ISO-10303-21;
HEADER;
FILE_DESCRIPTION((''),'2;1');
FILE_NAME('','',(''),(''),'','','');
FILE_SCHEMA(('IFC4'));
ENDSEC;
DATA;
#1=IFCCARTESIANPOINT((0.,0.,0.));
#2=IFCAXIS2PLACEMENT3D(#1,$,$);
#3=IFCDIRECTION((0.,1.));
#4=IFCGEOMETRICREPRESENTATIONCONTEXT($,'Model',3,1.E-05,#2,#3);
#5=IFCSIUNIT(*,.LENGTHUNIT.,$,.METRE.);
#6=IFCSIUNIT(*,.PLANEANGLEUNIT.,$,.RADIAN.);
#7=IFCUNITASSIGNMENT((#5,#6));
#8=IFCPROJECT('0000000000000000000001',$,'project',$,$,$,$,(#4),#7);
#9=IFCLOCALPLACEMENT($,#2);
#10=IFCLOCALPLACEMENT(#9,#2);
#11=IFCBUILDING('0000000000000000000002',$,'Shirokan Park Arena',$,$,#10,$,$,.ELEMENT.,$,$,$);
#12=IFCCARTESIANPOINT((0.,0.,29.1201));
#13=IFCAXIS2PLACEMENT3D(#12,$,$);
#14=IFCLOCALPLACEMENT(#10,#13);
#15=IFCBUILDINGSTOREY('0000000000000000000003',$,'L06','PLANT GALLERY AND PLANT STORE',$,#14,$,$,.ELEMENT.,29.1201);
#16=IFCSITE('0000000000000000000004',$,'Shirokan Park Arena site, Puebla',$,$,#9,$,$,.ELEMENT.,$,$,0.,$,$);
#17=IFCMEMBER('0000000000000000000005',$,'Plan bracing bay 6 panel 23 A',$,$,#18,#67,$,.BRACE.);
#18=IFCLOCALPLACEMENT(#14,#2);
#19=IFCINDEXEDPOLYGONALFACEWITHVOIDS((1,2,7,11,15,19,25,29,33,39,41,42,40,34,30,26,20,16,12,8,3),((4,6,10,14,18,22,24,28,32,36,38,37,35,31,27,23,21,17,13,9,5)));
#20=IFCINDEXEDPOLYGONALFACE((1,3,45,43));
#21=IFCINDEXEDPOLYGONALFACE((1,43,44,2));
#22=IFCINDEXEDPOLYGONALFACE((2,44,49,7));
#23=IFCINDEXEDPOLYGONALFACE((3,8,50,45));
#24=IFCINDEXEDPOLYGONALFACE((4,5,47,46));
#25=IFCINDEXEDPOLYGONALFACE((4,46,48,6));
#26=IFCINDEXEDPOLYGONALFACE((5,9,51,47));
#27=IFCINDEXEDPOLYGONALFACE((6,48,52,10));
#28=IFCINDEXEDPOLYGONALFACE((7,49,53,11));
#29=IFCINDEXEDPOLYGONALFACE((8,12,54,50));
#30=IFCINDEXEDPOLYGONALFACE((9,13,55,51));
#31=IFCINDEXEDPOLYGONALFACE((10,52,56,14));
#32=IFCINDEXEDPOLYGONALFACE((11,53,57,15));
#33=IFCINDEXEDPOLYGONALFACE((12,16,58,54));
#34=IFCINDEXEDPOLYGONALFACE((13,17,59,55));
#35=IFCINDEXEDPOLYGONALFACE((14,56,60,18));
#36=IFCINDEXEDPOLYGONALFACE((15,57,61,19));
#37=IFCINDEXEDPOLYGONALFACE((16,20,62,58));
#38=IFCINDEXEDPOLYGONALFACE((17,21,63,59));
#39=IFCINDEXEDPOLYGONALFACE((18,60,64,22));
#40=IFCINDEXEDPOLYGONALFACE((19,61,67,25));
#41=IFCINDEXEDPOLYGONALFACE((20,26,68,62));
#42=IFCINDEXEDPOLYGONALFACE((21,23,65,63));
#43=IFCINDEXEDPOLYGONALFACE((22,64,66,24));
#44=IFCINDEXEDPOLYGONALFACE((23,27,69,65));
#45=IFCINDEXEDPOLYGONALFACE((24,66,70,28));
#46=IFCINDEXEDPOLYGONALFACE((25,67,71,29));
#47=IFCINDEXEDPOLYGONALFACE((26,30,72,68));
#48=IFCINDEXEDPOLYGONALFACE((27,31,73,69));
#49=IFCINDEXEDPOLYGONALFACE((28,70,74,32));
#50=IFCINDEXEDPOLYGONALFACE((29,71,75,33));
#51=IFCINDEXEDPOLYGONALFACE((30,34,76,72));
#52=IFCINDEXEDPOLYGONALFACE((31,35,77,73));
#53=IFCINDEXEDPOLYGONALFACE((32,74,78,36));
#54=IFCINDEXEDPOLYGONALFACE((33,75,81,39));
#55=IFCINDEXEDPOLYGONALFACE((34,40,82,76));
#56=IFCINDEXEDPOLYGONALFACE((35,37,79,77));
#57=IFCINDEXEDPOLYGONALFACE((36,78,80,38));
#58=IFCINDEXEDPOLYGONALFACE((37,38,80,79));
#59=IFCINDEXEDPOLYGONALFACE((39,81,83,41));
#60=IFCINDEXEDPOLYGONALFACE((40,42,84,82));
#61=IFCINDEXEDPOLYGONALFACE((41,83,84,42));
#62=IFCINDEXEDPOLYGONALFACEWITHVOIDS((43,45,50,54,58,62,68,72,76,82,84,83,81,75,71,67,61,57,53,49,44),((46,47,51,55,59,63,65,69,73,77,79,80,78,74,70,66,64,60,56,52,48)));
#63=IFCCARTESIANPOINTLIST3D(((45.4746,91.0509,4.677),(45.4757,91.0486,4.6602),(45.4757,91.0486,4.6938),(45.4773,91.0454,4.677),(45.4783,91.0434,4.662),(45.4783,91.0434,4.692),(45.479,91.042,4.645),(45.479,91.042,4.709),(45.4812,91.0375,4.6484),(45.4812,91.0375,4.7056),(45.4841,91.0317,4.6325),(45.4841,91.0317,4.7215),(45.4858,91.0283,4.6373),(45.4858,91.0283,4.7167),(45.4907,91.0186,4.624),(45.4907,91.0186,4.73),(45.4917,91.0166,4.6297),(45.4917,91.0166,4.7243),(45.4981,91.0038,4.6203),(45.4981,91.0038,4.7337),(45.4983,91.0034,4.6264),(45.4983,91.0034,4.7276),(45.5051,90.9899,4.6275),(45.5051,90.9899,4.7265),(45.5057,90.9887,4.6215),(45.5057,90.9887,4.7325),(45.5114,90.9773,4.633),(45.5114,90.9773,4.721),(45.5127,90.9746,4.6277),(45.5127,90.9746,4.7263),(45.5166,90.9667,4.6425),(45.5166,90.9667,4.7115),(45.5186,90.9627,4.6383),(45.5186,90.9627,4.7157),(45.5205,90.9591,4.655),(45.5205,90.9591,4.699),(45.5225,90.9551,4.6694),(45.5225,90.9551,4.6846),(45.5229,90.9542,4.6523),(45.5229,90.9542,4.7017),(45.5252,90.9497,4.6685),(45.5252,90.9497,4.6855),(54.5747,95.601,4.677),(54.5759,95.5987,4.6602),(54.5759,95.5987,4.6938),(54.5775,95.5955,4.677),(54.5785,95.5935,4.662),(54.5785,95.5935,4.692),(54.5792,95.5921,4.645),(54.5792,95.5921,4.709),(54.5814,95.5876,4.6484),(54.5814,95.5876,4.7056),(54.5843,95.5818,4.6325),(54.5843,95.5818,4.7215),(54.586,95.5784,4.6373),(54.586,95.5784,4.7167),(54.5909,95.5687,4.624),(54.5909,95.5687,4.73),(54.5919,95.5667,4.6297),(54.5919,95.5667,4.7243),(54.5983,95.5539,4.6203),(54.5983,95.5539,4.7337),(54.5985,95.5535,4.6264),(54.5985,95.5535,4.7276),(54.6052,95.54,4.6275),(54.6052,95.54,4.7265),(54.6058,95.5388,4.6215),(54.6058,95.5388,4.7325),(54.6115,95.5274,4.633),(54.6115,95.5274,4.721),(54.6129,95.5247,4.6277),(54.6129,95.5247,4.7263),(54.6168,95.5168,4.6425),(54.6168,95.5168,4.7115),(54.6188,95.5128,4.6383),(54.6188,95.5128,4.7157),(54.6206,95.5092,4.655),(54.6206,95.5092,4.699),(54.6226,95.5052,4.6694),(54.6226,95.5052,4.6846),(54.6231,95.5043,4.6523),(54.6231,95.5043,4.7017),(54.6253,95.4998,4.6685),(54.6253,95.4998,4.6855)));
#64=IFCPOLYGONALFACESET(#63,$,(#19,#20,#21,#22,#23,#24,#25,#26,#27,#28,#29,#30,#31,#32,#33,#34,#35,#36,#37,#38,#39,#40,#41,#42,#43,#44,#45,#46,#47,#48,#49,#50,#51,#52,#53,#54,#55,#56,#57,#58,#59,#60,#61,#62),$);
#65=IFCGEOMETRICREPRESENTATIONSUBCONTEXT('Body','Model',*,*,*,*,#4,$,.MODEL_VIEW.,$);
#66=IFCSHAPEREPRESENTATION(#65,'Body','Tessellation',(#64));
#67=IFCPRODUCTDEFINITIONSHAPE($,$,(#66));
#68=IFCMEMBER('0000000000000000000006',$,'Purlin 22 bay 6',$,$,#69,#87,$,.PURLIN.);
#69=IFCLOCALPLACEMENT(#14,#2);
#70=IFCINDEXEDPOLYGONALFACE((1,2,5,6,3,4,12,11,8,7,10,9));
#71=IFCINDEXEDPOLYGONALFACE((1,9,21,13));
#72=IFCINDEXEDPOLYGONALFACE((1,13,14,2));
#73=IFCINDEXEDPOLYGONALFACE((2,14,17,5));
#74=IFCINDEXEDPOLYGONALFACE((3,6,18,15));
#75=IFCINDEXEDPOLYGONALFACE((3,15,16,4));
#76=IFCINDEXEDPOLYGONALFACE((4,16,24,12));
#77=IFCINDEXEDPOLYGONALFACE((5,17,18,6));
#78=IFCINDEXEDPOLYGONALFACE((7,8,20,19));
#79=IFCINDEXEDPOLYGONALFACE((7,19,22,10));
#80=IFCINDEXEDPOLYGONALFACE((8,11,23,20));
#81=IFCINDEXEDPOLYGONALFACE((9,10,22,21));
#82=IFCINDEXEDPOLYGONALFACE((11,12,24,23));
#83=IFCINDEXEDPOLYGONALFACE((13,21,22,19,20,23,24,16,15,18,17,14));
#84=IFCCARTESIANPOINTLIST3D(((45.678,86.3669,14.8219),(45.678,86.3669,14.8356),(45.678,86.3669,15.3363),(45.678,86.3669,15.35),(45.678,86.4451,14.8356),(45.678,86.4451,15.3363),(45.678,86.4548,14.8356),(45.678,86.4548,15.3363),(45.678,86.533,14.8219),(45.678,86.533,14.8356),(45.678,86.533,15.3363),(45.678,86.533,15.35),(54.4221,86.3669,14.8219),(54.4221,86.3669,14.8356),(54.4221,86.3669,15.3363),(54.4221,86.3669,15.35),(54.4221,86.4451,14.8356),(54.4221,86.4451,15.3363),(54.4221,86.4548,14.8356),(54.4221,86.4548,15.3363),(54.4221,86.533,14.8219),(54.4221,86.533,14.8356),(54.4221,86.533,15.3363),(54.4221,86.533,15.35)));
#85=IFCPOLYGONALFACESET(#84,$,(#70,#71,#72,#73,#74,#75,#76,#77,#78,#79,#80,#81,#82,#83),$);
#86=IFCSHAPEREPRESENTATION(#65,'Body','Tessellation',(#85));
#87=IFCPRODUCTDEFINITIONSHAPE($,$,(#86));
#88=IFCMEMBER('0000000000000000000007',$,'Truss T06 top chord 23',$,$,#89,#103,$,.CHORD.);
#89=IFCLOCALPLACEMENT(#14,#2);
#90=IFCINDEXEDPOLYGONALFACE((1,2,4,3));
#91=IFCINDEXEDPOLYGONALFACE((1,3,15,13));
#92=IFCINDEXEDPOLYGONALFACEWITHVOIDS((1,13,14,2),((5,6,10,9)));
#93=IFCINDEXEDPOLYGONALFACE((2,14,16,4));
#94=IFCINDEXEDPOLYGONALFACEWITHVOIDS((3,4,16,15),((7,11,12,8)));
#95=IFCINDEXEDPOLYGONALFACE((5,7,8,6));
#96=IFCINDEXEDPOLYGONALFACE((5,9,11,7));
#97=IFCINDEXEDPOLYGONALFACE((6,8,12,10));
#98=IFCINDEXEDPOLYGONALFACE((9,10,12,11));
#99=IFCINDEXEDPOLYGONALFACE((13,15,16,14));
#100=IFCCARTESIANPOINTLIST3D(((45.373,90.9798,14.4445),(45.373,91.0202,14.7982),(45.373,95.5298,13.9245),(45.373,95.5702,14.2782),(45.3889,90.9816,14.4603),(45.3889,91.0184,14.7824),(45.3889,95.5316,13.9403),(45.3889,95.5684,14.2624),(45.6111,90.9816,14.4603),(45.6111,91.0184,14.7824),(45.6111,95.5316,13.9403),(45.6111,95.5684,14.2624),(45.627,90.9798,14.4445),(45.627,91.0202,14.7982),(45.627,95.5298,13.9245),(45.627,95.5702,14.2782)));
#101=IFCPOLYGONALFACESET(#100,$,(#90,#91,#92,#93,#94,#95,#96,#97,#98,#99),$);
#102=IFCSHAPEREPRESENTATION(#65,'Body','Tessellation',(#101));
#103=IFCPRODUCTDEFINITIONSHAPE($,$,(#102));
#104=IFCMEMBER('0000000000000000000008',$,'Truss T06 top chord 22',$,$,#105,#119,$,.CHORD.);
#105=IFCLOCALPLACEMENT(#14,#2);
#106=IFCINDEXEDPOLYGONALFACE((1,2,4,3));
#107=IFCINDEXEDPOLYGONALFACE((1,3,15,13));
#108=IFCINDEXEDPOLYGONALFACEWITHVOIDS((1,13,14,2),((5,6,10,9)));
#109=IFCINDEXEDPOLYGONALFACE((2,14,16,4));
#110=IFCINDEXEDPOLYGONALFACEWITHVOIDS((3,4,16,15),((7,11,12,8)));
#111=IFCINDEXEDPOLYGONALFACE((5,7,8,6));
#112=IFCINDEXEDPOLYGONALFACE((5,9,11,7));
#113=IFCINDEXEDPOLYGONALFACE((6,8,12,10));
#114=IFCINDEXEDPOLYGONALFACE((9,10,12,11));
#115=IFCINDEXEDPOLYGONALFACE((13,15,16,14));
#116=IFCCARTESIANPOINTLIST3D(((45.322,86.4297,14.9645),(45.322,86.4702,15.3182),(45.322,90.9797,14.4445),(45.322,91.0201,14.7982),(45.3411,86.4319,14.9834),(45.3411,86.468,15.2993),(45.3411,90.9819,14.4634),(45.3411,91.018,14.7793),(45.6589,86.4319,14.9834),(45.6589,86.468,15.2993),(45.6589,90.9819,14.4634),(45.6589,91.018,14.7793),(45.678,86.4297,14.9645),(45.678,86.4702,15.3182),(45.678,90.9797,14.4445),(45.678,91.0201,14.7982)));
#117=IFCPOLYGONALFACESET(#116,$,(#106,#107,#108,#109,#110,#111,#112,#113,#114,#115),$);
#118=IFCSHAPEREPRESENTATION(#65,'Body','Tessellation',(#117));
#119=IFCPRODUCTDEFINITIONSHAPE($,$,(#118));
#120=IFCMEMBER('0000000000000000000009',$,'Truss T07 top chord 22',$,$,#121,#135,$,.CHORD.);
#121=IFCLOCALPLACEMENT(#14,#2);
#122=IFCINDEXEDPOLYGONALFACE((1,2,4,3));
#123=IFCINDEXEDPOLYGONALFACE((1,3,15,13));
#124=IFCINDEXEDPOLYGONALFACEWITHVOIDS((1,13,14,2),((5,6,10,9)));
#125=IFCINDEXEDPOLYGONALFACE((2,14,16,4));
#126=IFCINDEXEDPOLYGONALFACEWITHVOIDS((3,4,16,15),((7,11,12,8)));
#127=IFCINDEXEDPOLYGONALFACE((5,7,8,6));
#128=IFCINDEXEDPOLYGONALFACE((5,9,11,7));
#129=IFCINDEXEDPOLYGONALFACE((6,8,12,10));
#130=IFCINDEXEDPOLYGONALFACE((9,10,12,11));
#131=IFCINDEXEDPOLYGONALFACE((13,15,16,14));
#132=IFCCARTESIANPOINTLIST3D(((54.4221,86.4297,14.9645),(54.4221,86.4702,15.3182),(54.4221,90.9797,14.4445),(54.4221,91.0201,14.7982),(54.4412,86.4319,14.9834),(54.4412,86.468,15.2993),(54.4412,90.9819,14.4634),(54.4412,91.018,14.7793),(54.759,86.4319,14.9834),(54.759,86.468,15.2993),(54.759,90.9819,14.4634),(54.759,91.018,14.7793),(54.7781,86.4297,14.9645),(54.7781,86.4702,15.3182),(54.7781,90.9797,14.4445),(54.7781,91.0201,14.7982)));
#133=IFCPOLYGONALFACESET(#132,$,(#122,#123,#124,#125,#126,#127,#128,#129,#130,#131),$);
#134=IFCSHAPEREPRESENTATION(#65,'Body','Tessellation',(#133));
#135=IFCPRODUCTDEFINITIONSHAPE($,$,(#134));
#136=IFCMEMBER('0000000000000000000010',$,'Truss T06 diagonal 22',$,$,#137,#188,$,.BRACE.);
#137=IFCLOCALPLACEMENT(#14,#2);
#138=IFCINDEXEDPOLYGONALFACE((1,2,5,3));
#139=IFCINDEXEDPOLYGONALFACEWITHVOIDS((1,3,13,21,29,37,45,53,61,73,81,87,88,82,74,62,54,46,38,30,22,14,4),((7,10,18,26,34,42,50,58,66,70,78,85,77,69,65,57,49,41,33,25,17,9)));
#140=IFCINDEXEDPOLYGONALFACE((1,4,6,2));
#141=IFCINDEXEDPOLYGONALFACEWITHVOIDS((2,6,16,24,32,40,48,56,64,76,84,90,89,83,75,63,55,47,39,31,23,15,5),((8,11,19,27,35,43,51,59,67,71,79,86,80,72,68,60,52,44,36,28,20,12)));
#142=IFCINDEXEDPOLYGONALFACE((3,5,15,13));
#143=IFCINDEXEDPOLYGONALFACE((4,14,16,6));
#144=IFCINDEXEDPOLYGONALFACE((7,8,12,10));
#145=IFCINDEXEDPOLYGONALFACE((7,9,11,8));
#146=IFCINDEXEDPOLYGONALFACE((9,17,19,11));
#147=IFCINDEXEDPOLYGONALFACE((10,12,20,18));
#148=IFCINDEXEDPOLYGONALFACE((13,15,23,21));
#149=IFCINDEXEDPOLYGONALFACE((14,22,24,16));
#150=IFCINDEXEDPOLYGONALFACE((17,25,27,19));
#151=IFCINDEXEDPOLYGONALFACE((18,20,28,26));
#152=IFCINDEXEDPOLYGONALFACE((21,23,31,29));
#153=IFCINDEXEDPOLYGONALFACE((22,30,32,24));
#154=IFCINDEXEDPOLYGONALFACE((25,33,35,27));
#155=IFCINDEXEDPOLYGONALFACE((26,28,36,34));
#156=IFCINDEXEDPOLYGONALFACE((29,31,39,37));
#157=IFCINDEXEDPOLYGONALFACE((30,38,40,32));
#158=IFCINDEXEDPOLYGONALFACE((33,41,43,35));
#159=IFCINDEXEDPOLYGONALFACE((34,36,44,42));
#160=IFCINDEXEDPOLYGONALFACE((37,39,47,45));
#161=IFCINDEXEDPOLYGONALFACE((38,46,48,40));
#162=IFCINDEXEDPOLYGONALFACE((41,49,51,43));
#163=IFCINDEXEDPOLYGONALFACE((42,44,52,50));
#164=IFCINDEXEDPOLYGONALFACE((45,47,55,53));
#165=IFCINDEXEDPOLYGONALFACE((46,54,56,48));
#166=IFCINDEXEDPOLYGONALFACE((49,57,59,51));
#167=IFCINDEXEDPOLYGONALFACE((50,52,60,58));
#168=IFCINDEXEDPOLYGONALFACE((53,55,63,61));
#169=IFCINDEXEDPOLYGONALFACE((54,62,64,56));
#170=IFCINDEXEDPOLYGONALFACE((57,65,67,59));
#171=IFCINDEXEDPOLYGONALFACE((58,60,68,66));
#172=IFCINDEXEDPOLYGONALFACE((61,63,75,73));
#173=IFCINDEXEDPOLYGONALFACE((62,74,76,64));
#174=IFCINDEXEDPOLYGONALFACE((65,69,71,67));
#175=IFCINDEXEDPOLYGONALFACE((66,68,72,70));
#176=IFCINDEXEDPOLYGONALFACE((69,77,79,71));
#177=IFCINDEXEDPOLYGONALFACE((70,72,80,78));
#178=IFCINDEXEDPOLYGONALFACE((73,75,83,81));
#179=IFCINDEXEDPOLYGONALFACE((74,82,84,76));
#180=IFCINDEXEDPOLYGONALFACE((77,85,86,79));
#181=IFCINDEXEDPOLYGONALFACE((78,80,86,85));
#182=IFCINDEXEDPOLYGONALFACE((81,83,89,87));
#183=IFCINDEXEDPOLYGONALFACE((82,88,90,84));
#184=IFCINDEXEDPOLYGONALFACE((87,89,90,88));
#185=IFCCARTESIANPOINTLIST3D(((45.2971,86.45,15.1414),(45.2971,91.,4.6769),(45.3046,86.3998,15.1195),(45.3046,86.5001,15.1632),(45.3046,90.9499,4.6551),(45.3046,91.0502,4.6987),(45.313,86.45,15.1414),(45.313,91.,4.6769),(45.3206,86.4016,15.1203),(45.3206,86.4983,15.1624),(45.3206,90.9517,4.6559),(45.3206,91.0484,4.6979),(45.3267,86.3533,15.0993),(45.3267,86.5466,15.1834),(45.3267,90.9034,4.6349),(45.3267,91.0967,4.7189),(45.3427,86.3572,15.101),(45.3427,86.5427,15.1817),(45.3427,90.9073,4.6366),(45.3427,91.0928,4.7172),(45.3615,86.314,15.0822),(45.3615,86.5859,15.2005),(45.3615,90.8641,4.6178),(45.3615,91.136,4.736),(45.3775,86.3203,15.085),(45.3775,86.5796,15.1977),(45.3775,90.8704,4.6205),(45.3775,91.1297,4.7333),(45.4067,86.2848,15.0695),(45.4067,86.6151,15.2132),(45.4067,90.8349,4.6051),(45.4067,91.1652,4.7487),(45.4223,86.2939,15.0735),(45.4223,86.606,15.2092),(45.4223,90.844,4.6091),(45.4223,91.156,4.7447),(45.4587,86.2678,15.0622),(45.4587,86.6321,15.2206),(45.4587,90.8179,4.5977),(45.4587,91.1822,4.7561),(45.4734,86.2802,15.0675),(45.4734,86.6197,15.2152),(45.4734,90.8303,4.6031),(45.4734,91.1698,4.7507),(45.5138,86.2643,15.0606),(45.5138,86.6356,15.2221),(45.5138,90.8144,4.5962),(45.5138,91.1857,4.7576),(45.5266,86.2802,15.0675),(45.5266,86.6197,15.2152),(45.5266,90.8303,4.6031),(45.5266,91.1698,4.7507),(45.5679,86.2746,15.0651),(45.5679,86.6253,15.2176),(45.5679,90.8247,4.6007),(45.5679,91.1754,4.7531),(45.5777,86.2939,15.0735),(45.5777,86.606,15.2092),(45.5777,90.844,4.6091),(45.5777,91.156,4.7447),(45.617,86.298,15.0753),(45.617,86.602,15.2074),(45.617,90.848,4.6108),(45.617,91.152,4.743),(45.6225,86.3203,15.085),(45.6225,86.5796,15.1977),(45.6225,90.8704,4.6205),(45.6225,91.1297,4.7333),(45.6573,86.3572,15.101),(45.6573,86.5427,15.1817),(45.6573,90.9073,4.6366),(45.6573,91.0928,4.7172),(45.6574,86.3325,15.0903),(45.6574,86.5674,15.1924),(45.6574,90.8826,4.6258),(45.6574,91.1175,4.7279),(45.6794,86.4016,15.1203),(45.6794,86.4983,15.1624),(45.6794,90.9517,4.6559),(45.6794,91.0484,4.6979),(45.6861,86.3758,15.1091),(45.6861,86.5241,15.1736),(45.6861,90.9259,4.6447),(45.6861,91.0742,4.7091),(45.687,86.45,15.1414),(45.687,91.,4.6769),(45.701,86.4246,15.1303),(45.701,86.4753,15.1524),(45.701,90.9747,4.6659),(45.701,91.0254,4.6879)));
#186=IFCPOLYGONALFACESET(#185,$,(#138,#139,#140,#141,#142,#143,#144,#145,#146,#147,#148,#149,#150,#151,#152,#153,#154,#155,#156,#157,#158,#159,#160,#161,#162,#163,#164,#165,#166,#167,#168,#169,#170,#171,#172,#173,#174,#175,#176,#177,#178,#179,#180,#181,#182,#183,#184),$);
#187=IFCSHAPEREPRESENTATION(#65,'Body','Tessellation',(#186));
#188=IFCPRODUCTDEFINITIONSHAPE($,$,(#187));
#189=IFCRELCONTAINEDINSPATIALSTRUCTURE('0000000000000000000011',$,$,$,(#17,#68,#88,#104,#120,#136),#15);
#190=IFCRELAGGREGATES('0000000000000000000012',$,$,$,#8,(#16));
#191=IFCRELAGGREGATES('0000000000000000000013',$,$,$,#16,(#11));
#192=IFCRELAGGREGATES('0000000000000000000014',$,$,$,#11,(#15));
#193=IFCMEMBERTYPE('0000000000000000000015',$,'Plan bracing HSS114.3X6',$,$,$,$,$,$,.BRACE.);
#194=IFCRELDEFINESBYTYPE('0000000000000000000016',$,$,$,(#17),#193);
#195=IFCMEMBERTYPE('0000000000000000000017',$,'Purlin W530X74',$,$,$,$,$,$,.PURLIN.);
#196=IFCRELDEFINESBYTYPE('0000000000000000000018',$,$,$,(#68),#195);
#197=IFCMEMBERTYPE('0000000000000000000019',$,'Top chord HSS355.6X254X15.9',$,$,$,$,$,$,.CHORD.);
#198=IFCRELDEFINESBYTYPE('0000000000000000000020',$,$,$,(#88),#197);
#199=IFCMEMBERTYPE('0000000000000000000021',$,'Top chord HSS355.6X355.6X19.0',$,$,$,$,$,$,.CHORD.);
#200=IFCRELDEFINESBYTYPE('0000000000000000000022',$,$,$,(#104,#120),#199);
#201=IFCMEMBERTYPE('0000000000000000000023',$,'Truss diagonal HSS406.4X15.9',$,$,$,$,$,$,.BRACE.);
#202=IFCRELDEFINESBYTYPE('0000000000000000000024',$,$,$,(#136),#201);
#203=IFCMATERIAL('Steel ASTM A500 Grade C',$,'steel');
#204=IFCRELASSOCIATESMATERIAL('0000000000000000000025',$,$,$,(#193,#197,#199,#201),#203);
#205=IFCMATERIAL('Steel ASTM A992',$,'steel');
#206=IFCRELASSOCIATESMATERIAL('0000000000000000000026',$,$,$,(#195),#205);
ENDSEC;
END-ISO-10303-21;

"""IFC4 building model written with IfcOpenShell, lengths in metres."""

from ifc_helpers import new_model, si_unit, direction, frame, origin, origin_2d, place, context, subcontext, project, spatial, hollow_rectangle, hollow_circle, i_section, extrude, material, material_profile, profile_set, type_object, element, save


model = new_model("IFC4")

# Units and contexts
model_context = context("Model", 3, precision=1e-05, world=origin(), true_north=direction((0.0, 1.0)))
body_context = subcontext(model_context, "Body", "Model", "MODEL_VIEW")
ifc_project = project(units=[si_unit("LENGTHUNIT", "METRE"), si_unit("PLANEANGLEUNIT", "RADIAN")], contexts=[model_context])

# Site, building, storey
site_placement = place(None, origin())
site = spatial("IfcSite", under=ifc_project, at=site_placement, Name="Shirokan Park Arena site, Puebla", CompositionType="ELEMENT", RefElevation=0.0)
building_placement = place(site_placement, origin())
building = spatial("IfcBuilding", under=site, at=building_placement, Name="Shirokan Park Arena", CompositionType="ELEMENT")
storey_placement = place(building_placement, frame((0.0, 0.0, 29.1201)))
storey = spatial("IfcBuildingStorey", under=building, at=storey_placement, Name="L06", Description="PLANT GALLERY AND PLANT STORE", CompositionType="ELEMENT", Elevation=29.1201)

# Members
ifc_material_1 = material(Name="Steel ASTM A500 Grade C", Category="steel")
ifc_material_profile_1 = material_profile(ifc_material_1, hollow_circle(Radius=0.0569, WallThickness=0.0061, at=origin_2d()), Name="HSS114.3X6")
ifc_profile_set_1 = profile_set([ifc_material_profile_1], Name="Steel ASTM A500 Grade C")
member_type_1 = type_object("IfcMemberType", Name="Plan bracing HSS114.3X6", PredefinedType="BRACE", material=ifc_profile_set_1)
for number, where, z_axis, x_axis, name in (
    (1, (45.5, 91.0, 4.677), (0.894427, 0.447214, 0.0), (-0.447214, 0.894427, 0.0), "Plan bracing bay 6 panel 23 A"),
):
    element("IfcMember", number, at=place(storey_placement, frame(where, z_axis=z_axis, x_axis=x_axis)), inside=storey, type_object=member_type_1, Name=name, PredefinedType="BRACE", context=body_context, shape_type="SweptSolid", body=[
        extrude(hollow_circle(Radius=0.0569, WallThickness=0.0061, at=origin_2d()), origin(), (0.0, 0.0, 1.0), 10.1743),
    ])
ifc_material_2 = material(Name="Steel ASTM A992", Category="steel")
ifc_material_profile_2 = material_profile(ifc_material_2, i_section(OverallWidth=0.166, OverallDepth=0.5281, WebThickness=0.0098, FlangeThickness=0.0137, at=origin_2d()), Name="W530X74")
ifc_profile_set_2 = profile_set([ifc_material_profile_2], Name="Steel ASTM A992")
member_type_2 = type_object("IfcMemberType", Name="Purlin W530X74", PredefinedType="PURLIN", material=ifc_profile_set_2)
member_1_placement = place(storey_placement, frame((45.678, 86.45, 15.0859), z_axis=(1.0, 0.0, 0.0), x_axis=(0.0, 1.0, 0.0)))
element("IfcMember", 2, at=member_1_placement, inside=storey, type_object=member_type_2, Name="Purlin 22 bay 6", PredefinedType="PURLIN", context=body_context, shape_type="SweptSolid", body=[
    extrude(i_section(OverallWidth=0.166, OverallDepth=0.5281, WebThickness=0.0098, FlangeThickness=0.0137, at=origin_2d()), origin(), (0.0, 0.0, 1.0), 8.7441),
])
ifc_material_profile_3 = material_profile(ifc_material_1, hollow_rectangle(XDim=0.2539, YDim=0.356, WallThickness=0.0159, at=origin_2d()), Name="HSS355.6X254X15.9")
ifc_profile_set_3 = profile_set([ifc_material_profile_3], Name="Steel ASTM A500 Grade C")
member_type_3 = type_object("IfcMemberType", Name="Top chord HSS355.6X254X15.9", PredefinedType="CHORD", material=ifc_profile_set_3)
member_2_placement = place(storey_placement, frame((45.5, 91.0, 14.6213), z_axis=(0.0, 0.993532, -0.11355), x_axis=(-1.0, 0.0, 0.0)))
element("IfcMember", 3, at=member_2_placement, inside=storey, type_object=member_type_3, Name="Truss T06 top chord 23", PredefinedType="CHORD", context=body_context, shape_type="SweptSolid", body=[
    extrude(hollow_rectangle(XDim=0.2539, YDim=0.356, WallThickness=0.0159, at=origin_2d()), origin(), (0.0, 0.0, 1.0), 4.5796),
])
ifc_material_profile_4 = material_profile(ifc_material_1, hollow_rectangle(XDim=0.356, YDim=0.356, WallThickness=0.019, at=origin_2d()), Name="HSS355.6X355.6X19.0")
ifc_profile_set_4 = profile_set([ifc_material_profile_4], Name="Steel ASTM A500 Grade C")
member_type_4 = type_object("IfcMemberType", Name="Top chord HSS355.6X355.6X19.0", PredefinedType="CHORD", material=ifc_profile_set_4)
for number, where, z_axis, x_axis, name in (
    (4, (45.5, 86.45, 15.1414), (0.0, 0.993532, -0.11355), (-1.0, 0.0, 0.0), "Truss T06 top chord 22"),
    (5, (54.6001, 86.45, 15.1414), (0.0, 0.993532, -0.11355), (-1.0, 0.0, 0.0), "Truss T07 top chord 22"),
):
    element("IfcMember", number, at=place(storey_placement, frame(where, z_axis=z_axis, x_axis=x_axis)), inside=storey, type_object=member_type_4, Name=name, PredefinedType="CHORD", context=body_context, shape_type="SweptSolid", body=[
        extrude(hollow_rectangle(XDim=0.356, YDim=0.356, WallThickness=0.019, at=origin_2d()), origin(), (0.0, 0.0, 1.0), 4.5796),
    ])
ifc_material_profile_5 = material_profile(ifc_material_1, hollow_circle(Radius=0.2029, WallThickness=0.0159, at=origin_2d()), Name="HSS406.4X15.9")
ifc_profile_set_5 = profile_set([ifc_material_profile_5], Name="Steel ASTM A500 Grade C")
member_type_5 = type_object("IfcMemberType", Name="Truss diagonal HSS406.4X15.9", PredefinedType="BRACE", material=ifc_profile_set_5)
member_3_placement = place(storey_placement, frame((45.5, 86.45, 15.1414), z_axis=(0.0, 0.39875, -0.91706), x_axis=(-1.0, 0.0, 0.0)))
element("IfcMember", 6, at=member_3_placement, inside=storey, type_object=member_type_5, Name="Truss T06 diagonal 22", PredefinedType="BRACE", context=body_context, shape_type="SweptSolid", body=[
    extrude(hollow_circle(Radius=0.2029, WallThickness=0.0159, at=origin_2d()), origin(), (0.0, 0.0, 1.0), 11.4109),
])

save(model, "model.ifc")
